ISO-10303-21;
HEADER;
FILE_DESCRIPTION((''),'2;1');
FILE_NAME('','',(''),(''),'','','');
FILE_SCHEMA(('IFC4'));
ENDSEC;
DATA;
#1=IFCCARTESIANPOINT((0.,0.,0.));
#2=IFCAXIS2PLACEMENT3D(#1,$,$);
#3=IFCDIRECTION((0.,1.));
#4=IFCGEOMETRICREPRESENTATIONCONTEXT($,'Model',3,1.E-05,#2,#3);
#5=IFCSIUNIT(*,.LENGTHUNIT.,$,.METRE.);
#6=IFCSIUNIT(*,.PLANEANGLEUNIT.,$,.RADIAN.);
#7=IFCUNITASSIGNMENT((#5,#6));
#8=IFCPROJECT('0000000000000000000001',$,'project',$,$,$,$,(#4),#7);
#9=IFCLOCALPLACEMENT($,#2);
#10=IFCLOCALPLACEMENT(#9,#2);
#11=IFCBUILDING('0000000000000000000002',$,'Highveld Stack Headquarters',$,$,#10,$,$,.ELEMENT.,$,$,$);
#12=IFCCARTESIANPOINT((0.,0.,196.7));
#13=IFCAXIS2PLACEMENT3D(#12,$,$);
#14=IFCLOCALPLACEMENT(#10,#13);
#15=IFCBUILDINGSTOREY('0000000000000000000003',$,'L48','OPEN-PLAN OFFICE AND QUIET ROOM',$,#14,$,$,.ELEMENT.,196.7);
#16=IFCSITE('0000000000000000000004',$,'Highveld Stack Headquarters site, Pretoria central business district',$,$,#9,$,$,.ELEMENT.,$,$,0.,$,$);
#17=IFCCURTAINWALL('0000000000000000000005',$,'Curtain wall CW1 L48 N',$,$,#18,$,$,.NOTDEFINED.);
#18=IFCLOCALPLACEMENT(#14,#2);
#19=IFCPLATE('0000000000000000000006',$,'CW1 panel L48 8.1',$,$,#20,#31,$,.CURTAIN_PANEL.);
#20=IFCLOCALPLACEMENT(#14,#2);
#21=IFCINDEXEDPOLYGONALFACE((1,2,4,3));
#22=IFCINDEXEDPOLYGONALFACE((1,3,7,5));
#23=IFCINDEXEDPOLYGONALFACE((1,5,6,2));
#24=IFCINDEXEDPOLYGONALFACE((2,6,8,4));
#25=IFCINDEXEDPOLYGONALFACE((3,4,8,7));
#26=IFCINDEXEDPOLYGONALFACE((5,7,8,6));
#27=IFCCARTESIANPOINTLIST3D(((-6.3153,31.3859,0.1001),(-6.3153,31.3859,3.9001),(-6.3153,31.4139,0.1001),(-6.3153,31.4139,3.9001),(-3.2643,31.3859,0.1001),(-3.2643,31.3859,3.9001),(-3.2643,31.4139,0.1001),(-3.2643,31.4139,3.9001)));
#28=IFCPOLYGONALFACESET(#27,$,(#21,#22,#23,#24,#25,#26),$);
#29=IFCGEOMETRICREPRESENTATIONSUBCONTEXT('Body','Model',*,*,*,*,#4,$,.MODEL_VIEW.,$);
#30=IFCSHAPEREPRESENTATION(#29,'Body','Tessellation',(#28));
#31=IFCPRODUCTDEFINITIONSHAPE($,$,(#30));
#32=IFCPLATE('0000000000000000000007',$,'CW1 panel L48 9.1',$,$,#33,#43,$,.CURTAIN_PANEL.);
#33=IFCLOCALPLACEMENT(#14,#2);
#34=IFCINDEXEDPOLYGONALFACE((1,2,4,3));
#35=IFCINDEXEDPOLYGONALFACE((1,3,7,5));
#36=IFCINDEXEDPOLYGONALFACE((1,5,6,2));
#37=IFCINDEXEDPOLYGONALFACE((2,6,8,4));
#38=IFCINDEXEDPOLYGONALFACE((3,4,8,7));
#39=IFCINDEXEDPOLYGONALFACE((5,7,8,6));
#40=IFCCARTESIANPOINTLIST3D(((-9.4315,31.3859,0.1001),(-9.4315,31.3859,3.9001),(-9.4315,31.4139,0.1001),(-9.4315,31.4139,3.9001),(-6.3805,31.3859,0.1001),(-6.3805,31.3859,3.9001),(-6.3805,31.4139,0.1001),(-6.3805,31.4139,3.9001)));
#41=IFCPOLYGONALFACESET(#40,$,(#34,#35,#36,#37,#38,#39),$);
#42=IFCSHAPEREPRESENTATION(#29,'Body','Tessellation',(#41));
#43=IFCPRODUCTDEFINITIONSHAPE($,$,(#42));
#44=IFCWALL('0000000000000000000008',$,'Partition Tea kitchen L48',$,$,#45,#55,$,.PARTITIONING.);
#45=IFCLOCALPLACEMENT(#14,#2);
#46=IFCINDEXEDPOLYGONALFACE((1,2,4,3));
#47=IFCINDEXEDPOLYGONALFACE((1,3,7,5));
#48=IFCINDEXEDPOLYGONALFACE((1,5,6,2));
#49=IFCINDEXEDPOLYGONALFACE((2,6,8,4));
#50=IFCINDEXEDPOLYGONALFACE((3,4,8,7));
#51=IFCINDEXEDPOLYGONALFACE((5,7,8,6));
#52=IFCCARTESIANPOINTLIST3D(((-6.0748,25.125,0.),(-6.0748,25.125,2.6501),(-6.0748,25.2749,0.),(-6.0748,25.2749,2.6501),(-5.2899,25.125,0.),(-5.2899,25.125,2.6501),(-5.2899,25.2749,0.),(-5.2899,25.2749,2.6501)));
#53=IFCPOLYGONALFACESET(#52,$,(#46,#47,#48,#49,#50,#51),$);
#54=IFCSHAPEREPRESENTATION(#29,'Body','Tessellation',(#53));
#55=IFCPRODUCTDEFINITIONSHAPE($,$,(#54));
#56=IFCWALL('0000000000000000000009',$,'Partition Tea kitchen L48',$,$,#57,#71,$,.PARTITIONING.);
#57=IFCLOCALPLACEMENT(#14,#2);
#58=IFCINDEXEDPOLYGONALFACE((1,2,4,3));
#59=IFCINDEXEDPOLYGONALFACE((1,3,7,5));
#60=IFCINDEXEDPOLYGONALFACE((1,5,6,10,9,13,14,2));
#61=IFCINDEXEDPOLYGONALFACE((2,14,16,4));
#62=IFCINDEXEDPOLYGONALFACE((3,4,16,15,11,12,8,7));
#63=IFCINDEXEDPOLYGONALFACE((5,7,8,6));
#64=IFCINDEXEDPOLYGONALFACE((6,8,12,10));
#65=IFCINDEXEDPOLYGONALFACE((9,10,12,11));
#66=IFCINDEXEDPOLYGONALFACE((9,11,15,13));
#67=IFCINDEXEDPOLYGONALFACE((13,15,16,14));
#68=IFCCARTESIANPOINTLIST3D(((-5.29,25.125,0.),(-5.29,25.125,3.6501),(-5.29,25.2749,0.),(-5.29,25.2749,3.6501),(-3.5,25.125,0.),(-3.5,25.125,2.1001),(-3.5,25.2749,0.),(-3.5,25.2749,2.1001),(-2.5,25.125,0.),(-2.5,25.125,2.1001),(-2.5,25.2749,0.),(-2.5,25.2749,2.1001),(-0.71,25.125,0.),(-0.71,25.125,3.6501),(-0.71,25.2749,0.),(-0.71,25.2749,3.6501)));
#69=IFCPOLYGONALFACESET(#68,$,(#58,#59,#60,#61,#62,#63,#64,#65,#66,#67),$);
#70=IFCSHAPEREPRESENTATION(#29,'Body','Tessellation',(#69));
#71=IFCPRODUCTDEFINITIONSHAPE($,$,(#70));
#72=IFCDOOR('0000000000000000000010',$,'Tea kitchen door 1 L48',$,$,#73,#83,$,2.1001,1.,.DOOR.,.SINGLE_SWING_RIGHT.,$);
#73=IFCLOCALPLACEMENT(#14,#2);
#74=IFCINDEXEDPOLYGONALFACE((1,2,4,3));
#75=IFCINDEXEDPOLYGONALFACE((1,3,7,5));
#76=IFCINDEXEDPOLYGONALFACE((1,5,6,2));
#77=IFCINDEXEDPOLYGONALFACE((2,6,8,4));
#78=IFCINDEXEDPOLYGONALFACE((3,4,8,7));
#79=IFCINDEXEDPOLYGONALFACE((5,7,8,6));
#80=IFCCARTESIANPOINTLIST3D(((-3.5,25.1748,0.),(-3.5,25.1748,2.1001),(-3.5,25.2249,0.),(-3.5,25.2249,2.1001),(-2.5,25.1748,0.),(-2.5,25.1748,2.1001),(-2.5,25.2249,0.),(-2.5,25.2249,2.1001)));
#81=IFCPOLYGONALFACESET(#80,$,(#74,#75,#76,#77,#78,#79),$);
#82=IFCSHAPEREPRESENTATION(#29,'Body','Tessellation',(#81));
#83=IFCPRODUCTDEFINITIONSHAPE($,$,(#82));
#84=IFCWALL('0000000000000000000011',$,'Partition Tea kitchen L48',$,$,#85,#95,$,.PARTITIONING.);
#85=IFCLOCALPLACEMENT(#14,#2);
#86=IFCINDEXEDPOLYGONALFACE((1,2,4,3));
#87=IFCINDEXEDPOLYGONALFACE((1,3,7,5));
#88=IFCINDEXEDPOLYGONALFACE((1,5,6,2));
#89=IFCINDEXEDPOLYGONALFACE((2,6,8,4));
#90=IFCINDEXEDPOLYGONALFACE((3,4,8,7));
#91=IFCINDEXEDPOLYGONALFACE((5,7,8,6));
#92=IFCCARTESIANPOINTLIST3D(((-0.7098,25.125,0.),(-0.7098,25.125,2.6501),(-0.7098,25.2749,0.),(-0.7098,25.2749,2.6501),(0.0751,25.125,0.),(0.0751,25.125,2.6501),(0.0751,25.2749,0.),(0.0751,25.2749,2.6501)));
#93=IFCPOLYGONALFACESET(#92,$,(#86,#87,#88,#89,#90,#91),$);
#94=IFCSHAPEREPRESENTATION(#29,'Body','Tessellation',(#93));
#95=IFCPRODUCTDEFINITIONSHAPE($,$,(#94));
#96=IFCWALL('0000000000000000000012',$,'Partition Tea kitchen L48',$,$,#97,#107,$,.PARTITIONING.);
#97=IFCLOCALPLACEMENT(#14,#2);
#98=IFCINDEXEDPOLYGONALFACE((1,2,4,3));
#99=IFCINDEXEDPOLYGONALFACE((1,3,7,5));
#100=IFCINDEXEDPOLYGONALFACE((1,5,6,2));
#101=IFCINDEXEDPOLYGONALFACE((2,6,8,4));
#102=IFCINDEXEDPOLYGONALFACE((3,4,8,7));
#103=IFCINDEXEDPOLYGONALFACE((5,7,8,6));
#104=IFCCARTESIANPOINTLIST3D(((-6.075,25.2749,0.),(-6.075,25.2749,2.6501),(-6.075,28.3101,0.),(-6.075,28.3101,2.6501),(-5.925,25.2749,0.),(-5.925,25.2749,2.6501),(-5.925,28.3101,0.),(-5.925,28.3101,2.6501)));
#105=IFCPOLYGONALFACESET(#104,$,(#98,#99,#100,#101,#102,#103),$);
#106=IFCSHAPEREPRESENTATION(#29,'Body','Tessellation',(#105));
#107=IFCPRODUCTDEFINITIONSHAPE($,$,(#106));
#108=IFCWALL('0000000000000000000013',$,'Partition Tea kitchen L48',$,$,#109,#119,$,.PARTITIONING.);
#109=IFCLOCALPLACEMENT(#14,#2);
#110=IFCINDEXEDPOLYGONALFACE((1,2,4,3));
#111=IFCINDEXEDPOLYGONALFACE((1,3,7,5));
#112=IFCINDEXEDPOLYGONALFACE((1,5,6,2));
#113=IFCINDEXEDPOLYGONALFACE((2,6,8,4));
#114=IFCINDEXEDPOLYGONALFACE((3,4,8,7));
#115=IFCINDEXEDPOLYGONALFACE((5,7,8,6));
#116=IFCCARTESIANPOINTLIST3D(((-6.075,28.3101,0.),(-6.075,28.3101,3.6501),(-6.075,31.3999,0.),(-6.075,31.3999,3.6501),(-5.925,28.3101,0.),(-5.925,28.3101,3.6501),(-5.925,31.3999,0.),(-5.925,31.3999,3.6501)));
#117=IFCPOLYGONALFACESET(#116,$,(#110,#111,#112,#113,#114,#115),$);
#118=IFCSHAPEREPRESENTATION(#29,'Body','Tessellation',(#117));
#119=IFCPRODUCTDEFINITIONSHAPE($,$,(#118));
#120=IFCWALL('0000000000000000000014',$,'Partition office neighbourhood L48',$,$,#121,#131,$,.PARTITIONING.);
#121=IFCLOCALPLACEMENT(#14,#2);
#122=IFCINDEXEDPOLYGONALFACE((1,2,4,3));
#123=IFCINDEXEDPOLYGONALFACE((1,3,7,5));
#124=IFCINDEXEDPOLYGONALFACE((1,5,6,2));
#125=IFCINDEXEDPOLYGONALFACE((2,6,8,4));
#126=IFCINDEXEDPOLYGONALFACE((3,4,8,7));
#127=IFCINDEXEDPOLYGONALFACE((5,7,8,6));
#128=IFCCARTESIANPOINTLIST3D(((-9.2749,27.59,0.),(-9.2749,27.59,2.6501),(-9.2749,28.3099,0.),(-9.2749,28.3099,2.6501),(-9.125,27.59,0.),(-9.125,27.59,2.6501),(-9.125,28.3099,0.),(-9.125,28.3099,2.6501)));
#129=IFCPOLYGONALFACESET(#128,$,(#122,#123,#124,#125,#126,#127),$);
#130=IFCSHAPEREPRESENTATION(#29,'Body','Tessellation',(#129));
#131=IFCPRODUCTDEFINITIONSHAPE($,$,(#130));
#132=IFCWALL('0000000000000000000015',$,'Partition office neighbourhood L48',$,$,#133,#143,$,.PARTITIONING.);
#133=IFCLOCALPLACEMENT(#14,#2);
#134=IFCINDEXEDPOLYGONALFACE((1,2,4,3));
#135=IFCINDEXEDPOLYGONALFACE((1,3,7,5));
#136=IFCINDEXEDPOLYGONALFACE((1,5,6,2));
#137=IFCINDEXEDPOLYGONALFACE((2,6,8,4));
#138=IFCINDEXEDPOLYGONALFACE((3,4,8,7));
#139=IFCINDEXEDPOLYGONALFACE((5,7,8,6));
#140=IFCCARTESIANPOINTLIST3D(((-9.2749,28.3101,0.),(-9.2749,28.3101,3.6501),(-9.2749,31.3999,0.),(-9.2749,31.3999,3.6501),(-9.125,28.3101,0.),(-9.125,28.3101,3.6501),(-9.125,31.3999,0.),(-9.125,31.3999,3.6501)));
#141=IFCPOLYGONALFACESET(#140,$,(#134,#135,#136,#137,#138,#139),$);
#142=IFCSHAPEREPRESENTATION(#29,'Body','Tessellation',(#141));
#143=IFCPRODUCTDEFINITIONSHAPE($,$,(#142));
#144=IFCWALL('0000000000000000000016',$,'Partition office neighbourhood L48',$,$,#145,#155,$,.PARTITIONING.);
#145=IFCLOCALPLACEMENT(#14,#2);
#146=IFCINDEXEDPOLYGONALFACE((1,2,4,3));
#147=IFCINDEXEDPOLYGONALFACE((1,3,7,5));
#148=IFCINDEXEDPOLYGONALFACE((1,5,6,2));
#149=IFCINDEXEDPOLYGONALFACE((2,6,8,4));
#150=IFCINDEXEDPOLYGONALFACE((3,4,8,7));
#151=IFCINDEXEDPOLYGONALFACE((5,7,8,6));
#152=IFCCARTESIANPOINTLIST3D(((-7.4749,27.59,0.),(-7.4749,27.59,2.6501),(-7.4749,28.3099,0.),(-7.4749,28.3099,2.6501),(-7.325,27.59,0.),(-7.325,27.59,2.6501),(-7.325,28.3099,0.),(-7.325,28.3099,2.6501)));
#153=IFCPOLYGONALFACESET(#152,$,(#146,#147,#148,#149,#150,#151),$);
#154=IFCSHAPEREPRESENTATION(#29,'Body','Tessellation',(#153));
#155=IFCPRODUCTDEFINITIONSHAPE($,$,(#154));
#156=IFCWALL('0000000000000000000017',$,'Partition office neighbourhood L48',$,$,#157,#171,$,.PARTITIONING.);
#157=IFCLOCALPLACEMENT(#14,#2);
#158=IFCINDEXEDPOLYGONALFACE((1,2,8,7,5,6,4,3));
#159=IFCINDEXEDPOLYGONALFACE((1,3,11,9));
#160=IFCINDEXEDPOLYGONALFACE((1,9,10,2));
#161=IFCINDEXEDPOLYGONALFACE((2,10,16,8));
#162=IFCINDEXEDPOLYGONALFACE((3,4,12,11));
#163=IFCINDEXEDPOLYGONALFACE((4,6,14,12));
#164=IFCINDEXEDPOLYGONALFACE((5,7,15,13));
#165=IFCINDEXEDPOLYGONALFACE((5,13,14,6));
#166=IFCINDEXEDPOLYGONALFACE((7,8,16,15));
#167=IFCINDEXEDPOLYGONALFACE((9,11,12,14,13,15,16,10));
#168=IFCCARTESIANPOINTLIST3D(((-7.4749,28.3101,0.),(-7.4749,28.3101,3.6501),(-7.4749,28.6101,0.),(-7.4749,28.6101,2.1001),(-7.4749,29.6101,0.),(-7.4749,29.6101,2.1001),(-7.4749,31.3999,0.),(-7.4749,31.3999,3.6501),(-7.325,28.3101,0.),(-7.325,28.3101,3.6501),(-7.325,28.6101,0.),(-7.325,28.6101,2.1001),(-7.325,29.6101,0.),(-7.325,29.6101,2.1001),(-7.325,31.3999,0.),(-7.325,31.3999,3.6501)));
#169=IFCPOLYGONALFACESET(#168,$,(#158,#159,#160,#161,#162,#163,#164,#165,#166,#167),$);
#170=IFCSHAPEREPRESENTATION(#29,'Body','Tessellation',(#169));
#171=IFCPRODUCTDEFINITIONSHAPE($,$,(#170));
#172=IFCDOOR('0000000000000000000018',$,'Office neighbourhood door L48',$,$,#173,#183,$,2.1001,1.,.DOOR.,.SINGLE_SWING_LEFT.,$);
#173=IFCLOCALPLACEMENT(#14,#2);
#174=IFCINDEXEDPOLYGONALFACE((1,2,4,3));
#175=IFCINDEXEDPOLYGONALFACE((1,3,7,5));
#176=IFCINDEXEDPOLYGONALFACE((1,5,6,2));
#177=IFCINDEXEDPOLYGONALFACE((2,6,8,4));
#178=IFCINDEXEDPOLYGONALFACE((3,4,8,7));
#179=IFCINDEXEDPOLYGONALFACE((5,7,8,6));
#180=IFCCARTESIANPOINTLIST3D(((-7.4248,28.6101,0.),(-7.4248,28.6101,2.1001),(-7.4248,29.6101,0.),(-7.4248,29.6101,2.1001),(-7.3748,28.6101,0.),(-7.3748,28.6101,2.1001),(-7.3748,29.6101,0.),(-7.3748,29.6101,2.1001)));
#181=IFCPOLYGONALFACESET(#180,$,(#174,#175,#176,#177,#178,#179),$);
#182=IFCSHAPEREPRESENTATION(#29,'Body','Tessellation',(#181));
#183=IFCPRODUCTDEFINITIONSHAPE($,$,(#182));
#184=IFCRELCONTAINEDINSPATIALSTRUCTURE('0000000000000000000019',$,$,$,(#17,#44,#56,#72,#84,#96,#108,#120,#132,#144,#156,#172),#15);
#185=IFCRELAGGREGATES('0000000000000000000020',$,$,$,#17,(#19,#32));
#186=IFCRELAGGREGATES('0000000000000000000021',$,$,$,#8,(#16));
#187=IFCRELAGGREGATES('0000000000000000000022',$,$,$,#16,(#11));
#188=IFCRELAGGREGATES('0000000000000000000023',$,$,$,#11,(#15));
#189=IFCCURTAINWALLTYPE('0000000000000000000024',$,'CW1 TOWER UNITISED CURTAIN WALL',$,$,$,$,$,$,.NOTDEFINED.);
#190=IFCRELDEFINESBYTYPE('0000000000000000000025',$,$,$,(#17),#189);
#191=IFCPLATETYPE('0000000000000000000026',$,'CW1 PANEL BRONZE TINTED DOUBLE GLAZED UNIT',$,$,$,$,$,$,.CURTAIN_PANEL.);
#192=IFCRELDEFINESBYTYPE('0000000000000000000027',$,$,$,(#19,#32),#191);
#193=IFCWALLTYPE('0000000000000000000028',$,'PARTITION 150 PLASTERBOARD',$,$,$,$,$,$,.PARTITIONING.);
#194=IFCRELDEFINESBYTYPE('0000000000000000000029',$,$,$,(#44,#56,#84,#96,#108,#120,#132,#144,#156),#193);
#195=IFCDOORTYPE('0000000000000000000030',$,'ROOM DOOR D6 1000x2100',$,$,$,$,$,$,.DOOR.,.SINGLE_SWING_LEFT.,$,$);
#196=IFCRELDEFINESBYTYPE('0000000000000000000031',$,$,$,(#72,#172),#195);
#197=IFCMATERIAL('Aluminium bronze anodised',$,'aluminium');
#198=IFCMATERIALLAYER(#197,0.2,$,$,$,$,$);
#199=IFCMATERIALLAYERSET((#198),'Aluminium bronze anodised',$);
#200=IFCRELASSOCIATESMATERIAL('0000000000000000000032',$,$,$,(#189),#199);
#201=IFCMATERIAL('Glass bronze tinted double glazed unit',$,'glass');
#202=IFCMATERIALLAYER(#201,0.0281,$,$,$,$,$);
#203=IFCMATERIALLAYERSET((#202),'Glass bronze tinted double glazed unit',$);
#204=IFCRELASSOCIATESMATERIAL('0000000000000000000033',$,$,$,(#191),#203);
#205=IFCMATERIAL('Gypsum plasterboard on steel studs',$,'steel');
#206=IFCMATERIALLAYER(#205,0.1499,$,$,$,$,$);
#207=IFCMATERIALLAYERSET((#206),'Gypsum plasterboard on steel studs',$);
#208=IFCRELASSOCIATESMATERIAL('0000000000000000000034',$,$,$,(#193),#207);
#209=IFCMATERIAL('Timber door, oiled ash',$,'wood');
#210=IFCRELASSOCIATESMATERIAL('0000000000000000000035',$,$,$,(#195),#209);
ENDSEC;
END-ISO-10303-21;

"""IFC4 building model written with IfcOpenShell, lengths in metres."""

from ifc_helpers import new_model, si_unit, direction, frame, frame_2d, origin, origin_2d, place, context, subcontext, project, spatial, rectangle, extrude, material, layer, layer_set, type_object, element, fill, aggregate, save


model = new_model("IFC4")

# Units and contexts
model_context = context("Model", 3, precision=1e-05, world=origin(), true_north=direction((0.0, 1.0)))
body_context = subcontext(model_context, "Body", "Model", "MODEL_VIEW")
ifc_project = project(units=[si_unit("LENGTHUNIT", "METRE"), si_unit("PLANEANGLEUNIT", "RADIAN")], contexts=[model_context])

# Site, building, storey
site_placement = place(None, origin())
site = spatial("IfcSite", under=ifc_project, at=site_placement, Name="Highveld Stack Headquarters site, Pretoria central business district", CompositionType="ELEMENT", RefElevation=0.0)
building_placement = place(site_placement, origin())
building = spatial("IfcBuilding", under=site, at=building_placement, Name="Highveld Stack Headquarters", CompositionType="ELEMENT")
storey_placement = place(building_placement, frame((0.0, 0.0, 196.7)))
storey = spatial("IfcBuildingStorey", under=building, at=storey_placement, Name="L48", Description="OPEN-PLAN OFFICE AND QUIET ROOM", CompositionType="ELEMENT", Elevation=196.7)

# Curtain wall
ifc_material_1 = material(Name="Aluminium bronze anodised", Category="aluminium")
ifc_layer_1 = layer(ifc_material_1, 0.2)
ifc_layer_set_1 = layer_set([ifc_layer_1], Name="Aluminium bronze anodised")
curtain_wall_type = type_object("IfcCurtainWallType", Name="CW1 TOWER UNITISED CURTAIN WALL", PredefinedType="NOTDEFINED", material=ifc_layer_set_1)
curtain_wall_placement = place(storey_placement, origin())
curtain_wall = element("IfcCurtainWall", 1, at=curtain_wall_placement, inside=storey, type_object=curtain_wall_type, Name="Curtain wall CW1 L48 N", PredefinedType="NOTDEFINED")

# Plates
ifc_material_2 = material(Name="Glass bronze tinted double glazed unit", Category="glass")
ifc_layer_2 = layer(ifc_material_2, 0.0281)
ifc_layer_set_2 = layer_set([ifc_layer_2], Name="Glass bronze tinted double glazed unit")
plate_type = type_object("IfcPlateType", Name="CW1 PANEL BRONZE TINTED DOUBLE GLAZED UNIT", PredefinedType="CURTAIN_PANEL", material=ifc_layer_set_2)
plate_1_placement = place(storey_placement, frame((-4.7898, 31.3999, 0.1001), z_axis=(0.0, 0.0, 1.0), x_axis=(-1.0, 0.0, 0.0)))
plate_1 = element("IfcPlate", 2, at=plate_1_placement, type_object=plate_type, Name="CW1 panel L48 8.1", PredefinedType="CURTAIN_PANEL", context=body_context, shape_type="SweptSolid", body=[
    extrude(rectangle(XDim=3.051, YDim=0.0281, at=origin_2d()), origin(), (0.0, 0.0, 1.0), 3.8),
])
plate_2_placement = place(storey_placement, frame((-7.906, 31.3999, 0.1001), z_axis=(0.0, 0.0, 1.0), x_axis=(-1.0, 0.0, 0.0)))
plate_2 = element("IfcPlate", 3, at=plate_2_placement, type_object=plate_type, Name="CW1 panel L48 9.1", PredefinedType="CURTAIN_PANEL", context=body_context, shape_type="SweptSolid", body=[
    extrude(rectangle(XDim=3.051, YDim=0.0281, at=origin_2d()), origin(), (0.0, 0.0, 1.0), 3.8),
])
aggregate(curtain_wall, [plate_1, plate_2])

# Wall
ifc_material_3 = material(Name="Gypsum plasterboard on steel studs", Category="steel")
ifc_layer_3 = layer(ifc_material_3, 0.1499)
ifc_layer_set_3 = layer_set([ifc_layer_3], Name="Gypsum plasterboard on steel studs")
wall_type = type_object("IfcWallType", Name="PARTITION 150 PLASTERBOARD", PredefinedType="PARTITIONING", material=ifc_layer_set_3)
wall_1_placement = place(storey_placement, frame((-6.075, 25.2, 0.0), z_axis=(0.0, 0.0, 1.0), x_axis=(1.0, 0.0, 0.0)))
element("IfcWall", 4, at=wall_1_placement, inside=storey, type_object=wall_type, Name="Partition Tea kitchen L48", PredefinedType="PARTITIONING", context=body_context, shape_type="SweptSolid", body=[
    extrude(rectangle(XDim=0.7849, YDim=0.1499, at=frame_2d((0.3926, 0.0))), origin(), (0.0, 0.0, 1.0), 2.6501),
])

# Wall, opening, door
wall_2_placement = place(storey_placement, frame((-5.29, 25.2, 0.0), z_axis=(0.0, 0.0, 1.0), x_axis=(1.0, 0.0, 0.0)))
wall_2 = element("IfcWall", 5, at=wall_2_placement, inside=storey, type_object=wall_type, Name="Partition Tea kitchen L48", PredefinedType="PARTITIONING", context=body_context, shape_type="SweptSolid", body=[
    extrude(rectangle(XDim=4.5801, YDim=0.1499, at=frame_2d((2.29, 0.0))), origin(), (0.0, 0.0, 1.0), 3.6501),
])
opening_1_placement = place(wall_2_placement, frame((1.79, 0.0, 0.0)))
opening_1 = element("IfcOpeningElement", 6, at=opening_1_placement, cuts=wall_2, PredefinedType="OPENING", context=body_context, shape_type="SweptSolid", body=[
    extrude(rectangle(XDim=1.0, YDim=2.1001, at=frame_2d((0.5, 1.05))), frame((0.0, 0.085, 0.0), z_axis=(0.0, -1.0, 0.0), x_axis=(1.0, 0.0, 0.0)), (0.0, 0.0, 1.0), 0.1699),
])
ifc_material_4 = material(Name="Timber door, oiled ash", Category="wood")
door_type = type_object("IfcDoorType", Name="ROOM DOOR D6 1000x2100", OperationType="SINGLE_SWING_LEFT", PredefinedType="DOOR", material=ifc_material_4)
door_1_placement = place(opening_1_placement, origin())
door_1 = element("IfcDoor", 7, at=door_1_placement, inside=storey, type_object=door_type, Name="Tea kitchen door 1 L48", OperationType="SINGLE_SWING_RIGHT", OverallHeight=2.1001, OverallWidth=1.0, PredefinedType="DOOR", context=body_context, shape_type="SweptSolid", body=[
    extrude(rectangle(XDim=1.0, YDim=2.1001, at=frame_2d((0.5, 1.05))), frame((0.0, 0.0249, 0.0), z_axis=(0.0, -1.0, 0.0), x_axis=(1.0, 0.0, 0.0)), (0.0, 0.0, 1.0), 0.05),
])
fill(opening_1, door_1)

# Walls
wall_3_placement = place(storey_placement, frame((-0.71, 25.2, 0.0), z_axis=(0.0, 0.0, 1.0), x_axis=(1.0, 0.0, 0.0)))
element("IfcWall", 8, at=wall_3_placement, inside=storey, type_object=wall_type, Name="Partition Tea kitchen L48", PredefinedType="PARTITIONING", context=body_context, shape_type="SweptSolid", body=[
    extrude(rectangle(XDim=0.7849, YDim=0.1499, at=frame_2d((0.3926, 0.0))), origin(), (0.0, 0.0, 1.0), 2.6501),
])
wall_4_placement = place(storey_placement, frame((-6.0, 25.2749, 0.0), z_axis=(0.0, 0.0, 1.0), x_axis=(0.0, 1.0, 0.0)))
element("IfcWall", 9, at=wall_4_placement, inside=storey, type_object=wall_type, Name="Partition Tea kitchen L48", PredefinedType="PARTITIONING", context=body_context, shape_type="SweptSolid", body=[
    extrude(rectangle(XDim=3.0352, YDim=0.1499, at=frame_2d((1.5176, 0.0))), origin(), (0.0, 0.0, 1.0), 2.6501),
])
wall_5_placement = place(storey_placement, frame((-6.0, 28.3101, 0.0), z_axis=(0.0, 0.0, 1.0), x_axis=(0.0, 1.0, 0.0)))
element("IfcWall", 10, at=wall_5_placement, inside=storey, type_object=wall_type, Name="Partition Tea kitchen L48", PredefinedType="PARTITIONING", context=body_context, shape_type="SweptSolid", body=[
    extrude(rectangle(XDim=3.0898, YDim=0.1499, at=frame_2d((1.5449, 0.0))), origin(), (0.0, 0.0, 1.0), 3.6501),
])
wall_6_placement = place(storey_placement, frame((-9.2, 27.5901, 0.0), z_axis=(0.0, 0.0, 1.0), x_axis=(0.0, 1.0, 0.0)))
element("IfcWall", 11, at=wall_6_placement, inside=storey, type_object=wall_type, Name="Partition office neighbourhood L48", PredefinedType="PARTITIONING", context=body_context, shape_type="SweptSolid", body=[
    extrude(rectangle(XDim=0.72, YDim=0.1499, at=frame_2d((0.3599, 0.0))), origin(), (0.0, 0.0, 1.0), 2.6501),
])
wall_7_placement = place(storey_placement, frame((-9.2, 28.3101, 0.0), z_axis=(0.0, 0.0, 1.0), x_axis=(0.0, 1.0, 0.0)))
element("IfcWall", 12, at=wall_7_placement, inside=storey, type_object=wall_type, Name="Partition office neighbourhood L48", PredefinedType="PARTITIONING", context=body_context, shape_type="SweptSolid", body=[
    extrude(rectangle(XDim=3.0898, YDim=0.1499, at=frame_2d((1.5449, 0.0))), origin(), (0.0, 0.0, 1.0), 3.6501),
])
wall_8_placement = place(storey_placement, frame((-7.3999, 27.5901, 0.0), z_axis=(0.0, 0.0, 1.0), x_axis=(0.0, 1.0, 0.0)))
element("IfcWall", 13, at=wall_8_placement, inside=storey, type_object=wall_type, Name="Partition office neighbourhood L48", PredefinedType="PARTITIONING", context=body_context, shape_type="SweptSolid", body=[
    extrude(rectangle(XDim=0.72, YDim=0.1499, at=frame_2d((0.3599, 0.0))), origin(), (0.0, 0.0, 1.0), 2.6501),
])

# Wall, opening, door
wall_9_placement = place(storey_placement, frame((-7.3999, 28.3101, 0.0), z_axis=(0.0, 0.0, 1.0), x_axis=(0.0, 1.0, 0.0)))
wall_9 = element("IfcWall", 14, at=wall_9_placement, inside=storey, type_object=wall_type, Name="Partition office neighbourhood L48", PredefinedType="PARTITIONING", context=body_context, shape_type="SweptSolid", body=[
    extrude(rectangle(XDim=3.0898, YDim=0.1499, at=frame_2d((1.5449, 0.0))), origin(), (0.0, 0.0, 1.0), 3.6501),
])
opening_2_placement = place(wall_9_placement, frame((0.3, 0.0, 0.0)))
opening_2 = element("IfcOpeningElement", 15, at=opening_2_placement, cuts=wall_9, PredefinedType="OPENING", context=body_context, shape_type="SweptSolid", body=[
    extrude(rectangle(XDim=1.0, YDim=2.1001, at=frame_2d((0.5, 1.05))), frame((0.0, 0.085, 0.0), z_axis=(0.0, -1.0, 0.0), x_axis=(1.0, 0.0, 0.0)), (0.0, 0.0, 1.0), 0.1699),
])
door_2_placement = place(opening_2_placement, origin())
door_2 = element("IfcDoor", 16, at=door_2_placement, inside=storey, type_object=door_type, Name="Office neighbourhood door L48", OperationType="SINGLE_SWING_LEFT", OverallHeight=2.1001, OverallWidth=1.0, PredefinedType="DOOR", context=body_context, shape_type="SweptSolid", body=[
    extrude(rectangle(XDim=1.0, YDim=2.1001, at=frame_2d((0.5, 1.05))), frame((0.0, 0.0249, 0.0), z_axis=(0.0, -1.0, 0.0), x_axis=(1.0, 0.0, 0.0)), (0.0, 0.0, 1.0), 0.05),
])
fill(opening_2, door_2)

save(model, "model.ifc")
